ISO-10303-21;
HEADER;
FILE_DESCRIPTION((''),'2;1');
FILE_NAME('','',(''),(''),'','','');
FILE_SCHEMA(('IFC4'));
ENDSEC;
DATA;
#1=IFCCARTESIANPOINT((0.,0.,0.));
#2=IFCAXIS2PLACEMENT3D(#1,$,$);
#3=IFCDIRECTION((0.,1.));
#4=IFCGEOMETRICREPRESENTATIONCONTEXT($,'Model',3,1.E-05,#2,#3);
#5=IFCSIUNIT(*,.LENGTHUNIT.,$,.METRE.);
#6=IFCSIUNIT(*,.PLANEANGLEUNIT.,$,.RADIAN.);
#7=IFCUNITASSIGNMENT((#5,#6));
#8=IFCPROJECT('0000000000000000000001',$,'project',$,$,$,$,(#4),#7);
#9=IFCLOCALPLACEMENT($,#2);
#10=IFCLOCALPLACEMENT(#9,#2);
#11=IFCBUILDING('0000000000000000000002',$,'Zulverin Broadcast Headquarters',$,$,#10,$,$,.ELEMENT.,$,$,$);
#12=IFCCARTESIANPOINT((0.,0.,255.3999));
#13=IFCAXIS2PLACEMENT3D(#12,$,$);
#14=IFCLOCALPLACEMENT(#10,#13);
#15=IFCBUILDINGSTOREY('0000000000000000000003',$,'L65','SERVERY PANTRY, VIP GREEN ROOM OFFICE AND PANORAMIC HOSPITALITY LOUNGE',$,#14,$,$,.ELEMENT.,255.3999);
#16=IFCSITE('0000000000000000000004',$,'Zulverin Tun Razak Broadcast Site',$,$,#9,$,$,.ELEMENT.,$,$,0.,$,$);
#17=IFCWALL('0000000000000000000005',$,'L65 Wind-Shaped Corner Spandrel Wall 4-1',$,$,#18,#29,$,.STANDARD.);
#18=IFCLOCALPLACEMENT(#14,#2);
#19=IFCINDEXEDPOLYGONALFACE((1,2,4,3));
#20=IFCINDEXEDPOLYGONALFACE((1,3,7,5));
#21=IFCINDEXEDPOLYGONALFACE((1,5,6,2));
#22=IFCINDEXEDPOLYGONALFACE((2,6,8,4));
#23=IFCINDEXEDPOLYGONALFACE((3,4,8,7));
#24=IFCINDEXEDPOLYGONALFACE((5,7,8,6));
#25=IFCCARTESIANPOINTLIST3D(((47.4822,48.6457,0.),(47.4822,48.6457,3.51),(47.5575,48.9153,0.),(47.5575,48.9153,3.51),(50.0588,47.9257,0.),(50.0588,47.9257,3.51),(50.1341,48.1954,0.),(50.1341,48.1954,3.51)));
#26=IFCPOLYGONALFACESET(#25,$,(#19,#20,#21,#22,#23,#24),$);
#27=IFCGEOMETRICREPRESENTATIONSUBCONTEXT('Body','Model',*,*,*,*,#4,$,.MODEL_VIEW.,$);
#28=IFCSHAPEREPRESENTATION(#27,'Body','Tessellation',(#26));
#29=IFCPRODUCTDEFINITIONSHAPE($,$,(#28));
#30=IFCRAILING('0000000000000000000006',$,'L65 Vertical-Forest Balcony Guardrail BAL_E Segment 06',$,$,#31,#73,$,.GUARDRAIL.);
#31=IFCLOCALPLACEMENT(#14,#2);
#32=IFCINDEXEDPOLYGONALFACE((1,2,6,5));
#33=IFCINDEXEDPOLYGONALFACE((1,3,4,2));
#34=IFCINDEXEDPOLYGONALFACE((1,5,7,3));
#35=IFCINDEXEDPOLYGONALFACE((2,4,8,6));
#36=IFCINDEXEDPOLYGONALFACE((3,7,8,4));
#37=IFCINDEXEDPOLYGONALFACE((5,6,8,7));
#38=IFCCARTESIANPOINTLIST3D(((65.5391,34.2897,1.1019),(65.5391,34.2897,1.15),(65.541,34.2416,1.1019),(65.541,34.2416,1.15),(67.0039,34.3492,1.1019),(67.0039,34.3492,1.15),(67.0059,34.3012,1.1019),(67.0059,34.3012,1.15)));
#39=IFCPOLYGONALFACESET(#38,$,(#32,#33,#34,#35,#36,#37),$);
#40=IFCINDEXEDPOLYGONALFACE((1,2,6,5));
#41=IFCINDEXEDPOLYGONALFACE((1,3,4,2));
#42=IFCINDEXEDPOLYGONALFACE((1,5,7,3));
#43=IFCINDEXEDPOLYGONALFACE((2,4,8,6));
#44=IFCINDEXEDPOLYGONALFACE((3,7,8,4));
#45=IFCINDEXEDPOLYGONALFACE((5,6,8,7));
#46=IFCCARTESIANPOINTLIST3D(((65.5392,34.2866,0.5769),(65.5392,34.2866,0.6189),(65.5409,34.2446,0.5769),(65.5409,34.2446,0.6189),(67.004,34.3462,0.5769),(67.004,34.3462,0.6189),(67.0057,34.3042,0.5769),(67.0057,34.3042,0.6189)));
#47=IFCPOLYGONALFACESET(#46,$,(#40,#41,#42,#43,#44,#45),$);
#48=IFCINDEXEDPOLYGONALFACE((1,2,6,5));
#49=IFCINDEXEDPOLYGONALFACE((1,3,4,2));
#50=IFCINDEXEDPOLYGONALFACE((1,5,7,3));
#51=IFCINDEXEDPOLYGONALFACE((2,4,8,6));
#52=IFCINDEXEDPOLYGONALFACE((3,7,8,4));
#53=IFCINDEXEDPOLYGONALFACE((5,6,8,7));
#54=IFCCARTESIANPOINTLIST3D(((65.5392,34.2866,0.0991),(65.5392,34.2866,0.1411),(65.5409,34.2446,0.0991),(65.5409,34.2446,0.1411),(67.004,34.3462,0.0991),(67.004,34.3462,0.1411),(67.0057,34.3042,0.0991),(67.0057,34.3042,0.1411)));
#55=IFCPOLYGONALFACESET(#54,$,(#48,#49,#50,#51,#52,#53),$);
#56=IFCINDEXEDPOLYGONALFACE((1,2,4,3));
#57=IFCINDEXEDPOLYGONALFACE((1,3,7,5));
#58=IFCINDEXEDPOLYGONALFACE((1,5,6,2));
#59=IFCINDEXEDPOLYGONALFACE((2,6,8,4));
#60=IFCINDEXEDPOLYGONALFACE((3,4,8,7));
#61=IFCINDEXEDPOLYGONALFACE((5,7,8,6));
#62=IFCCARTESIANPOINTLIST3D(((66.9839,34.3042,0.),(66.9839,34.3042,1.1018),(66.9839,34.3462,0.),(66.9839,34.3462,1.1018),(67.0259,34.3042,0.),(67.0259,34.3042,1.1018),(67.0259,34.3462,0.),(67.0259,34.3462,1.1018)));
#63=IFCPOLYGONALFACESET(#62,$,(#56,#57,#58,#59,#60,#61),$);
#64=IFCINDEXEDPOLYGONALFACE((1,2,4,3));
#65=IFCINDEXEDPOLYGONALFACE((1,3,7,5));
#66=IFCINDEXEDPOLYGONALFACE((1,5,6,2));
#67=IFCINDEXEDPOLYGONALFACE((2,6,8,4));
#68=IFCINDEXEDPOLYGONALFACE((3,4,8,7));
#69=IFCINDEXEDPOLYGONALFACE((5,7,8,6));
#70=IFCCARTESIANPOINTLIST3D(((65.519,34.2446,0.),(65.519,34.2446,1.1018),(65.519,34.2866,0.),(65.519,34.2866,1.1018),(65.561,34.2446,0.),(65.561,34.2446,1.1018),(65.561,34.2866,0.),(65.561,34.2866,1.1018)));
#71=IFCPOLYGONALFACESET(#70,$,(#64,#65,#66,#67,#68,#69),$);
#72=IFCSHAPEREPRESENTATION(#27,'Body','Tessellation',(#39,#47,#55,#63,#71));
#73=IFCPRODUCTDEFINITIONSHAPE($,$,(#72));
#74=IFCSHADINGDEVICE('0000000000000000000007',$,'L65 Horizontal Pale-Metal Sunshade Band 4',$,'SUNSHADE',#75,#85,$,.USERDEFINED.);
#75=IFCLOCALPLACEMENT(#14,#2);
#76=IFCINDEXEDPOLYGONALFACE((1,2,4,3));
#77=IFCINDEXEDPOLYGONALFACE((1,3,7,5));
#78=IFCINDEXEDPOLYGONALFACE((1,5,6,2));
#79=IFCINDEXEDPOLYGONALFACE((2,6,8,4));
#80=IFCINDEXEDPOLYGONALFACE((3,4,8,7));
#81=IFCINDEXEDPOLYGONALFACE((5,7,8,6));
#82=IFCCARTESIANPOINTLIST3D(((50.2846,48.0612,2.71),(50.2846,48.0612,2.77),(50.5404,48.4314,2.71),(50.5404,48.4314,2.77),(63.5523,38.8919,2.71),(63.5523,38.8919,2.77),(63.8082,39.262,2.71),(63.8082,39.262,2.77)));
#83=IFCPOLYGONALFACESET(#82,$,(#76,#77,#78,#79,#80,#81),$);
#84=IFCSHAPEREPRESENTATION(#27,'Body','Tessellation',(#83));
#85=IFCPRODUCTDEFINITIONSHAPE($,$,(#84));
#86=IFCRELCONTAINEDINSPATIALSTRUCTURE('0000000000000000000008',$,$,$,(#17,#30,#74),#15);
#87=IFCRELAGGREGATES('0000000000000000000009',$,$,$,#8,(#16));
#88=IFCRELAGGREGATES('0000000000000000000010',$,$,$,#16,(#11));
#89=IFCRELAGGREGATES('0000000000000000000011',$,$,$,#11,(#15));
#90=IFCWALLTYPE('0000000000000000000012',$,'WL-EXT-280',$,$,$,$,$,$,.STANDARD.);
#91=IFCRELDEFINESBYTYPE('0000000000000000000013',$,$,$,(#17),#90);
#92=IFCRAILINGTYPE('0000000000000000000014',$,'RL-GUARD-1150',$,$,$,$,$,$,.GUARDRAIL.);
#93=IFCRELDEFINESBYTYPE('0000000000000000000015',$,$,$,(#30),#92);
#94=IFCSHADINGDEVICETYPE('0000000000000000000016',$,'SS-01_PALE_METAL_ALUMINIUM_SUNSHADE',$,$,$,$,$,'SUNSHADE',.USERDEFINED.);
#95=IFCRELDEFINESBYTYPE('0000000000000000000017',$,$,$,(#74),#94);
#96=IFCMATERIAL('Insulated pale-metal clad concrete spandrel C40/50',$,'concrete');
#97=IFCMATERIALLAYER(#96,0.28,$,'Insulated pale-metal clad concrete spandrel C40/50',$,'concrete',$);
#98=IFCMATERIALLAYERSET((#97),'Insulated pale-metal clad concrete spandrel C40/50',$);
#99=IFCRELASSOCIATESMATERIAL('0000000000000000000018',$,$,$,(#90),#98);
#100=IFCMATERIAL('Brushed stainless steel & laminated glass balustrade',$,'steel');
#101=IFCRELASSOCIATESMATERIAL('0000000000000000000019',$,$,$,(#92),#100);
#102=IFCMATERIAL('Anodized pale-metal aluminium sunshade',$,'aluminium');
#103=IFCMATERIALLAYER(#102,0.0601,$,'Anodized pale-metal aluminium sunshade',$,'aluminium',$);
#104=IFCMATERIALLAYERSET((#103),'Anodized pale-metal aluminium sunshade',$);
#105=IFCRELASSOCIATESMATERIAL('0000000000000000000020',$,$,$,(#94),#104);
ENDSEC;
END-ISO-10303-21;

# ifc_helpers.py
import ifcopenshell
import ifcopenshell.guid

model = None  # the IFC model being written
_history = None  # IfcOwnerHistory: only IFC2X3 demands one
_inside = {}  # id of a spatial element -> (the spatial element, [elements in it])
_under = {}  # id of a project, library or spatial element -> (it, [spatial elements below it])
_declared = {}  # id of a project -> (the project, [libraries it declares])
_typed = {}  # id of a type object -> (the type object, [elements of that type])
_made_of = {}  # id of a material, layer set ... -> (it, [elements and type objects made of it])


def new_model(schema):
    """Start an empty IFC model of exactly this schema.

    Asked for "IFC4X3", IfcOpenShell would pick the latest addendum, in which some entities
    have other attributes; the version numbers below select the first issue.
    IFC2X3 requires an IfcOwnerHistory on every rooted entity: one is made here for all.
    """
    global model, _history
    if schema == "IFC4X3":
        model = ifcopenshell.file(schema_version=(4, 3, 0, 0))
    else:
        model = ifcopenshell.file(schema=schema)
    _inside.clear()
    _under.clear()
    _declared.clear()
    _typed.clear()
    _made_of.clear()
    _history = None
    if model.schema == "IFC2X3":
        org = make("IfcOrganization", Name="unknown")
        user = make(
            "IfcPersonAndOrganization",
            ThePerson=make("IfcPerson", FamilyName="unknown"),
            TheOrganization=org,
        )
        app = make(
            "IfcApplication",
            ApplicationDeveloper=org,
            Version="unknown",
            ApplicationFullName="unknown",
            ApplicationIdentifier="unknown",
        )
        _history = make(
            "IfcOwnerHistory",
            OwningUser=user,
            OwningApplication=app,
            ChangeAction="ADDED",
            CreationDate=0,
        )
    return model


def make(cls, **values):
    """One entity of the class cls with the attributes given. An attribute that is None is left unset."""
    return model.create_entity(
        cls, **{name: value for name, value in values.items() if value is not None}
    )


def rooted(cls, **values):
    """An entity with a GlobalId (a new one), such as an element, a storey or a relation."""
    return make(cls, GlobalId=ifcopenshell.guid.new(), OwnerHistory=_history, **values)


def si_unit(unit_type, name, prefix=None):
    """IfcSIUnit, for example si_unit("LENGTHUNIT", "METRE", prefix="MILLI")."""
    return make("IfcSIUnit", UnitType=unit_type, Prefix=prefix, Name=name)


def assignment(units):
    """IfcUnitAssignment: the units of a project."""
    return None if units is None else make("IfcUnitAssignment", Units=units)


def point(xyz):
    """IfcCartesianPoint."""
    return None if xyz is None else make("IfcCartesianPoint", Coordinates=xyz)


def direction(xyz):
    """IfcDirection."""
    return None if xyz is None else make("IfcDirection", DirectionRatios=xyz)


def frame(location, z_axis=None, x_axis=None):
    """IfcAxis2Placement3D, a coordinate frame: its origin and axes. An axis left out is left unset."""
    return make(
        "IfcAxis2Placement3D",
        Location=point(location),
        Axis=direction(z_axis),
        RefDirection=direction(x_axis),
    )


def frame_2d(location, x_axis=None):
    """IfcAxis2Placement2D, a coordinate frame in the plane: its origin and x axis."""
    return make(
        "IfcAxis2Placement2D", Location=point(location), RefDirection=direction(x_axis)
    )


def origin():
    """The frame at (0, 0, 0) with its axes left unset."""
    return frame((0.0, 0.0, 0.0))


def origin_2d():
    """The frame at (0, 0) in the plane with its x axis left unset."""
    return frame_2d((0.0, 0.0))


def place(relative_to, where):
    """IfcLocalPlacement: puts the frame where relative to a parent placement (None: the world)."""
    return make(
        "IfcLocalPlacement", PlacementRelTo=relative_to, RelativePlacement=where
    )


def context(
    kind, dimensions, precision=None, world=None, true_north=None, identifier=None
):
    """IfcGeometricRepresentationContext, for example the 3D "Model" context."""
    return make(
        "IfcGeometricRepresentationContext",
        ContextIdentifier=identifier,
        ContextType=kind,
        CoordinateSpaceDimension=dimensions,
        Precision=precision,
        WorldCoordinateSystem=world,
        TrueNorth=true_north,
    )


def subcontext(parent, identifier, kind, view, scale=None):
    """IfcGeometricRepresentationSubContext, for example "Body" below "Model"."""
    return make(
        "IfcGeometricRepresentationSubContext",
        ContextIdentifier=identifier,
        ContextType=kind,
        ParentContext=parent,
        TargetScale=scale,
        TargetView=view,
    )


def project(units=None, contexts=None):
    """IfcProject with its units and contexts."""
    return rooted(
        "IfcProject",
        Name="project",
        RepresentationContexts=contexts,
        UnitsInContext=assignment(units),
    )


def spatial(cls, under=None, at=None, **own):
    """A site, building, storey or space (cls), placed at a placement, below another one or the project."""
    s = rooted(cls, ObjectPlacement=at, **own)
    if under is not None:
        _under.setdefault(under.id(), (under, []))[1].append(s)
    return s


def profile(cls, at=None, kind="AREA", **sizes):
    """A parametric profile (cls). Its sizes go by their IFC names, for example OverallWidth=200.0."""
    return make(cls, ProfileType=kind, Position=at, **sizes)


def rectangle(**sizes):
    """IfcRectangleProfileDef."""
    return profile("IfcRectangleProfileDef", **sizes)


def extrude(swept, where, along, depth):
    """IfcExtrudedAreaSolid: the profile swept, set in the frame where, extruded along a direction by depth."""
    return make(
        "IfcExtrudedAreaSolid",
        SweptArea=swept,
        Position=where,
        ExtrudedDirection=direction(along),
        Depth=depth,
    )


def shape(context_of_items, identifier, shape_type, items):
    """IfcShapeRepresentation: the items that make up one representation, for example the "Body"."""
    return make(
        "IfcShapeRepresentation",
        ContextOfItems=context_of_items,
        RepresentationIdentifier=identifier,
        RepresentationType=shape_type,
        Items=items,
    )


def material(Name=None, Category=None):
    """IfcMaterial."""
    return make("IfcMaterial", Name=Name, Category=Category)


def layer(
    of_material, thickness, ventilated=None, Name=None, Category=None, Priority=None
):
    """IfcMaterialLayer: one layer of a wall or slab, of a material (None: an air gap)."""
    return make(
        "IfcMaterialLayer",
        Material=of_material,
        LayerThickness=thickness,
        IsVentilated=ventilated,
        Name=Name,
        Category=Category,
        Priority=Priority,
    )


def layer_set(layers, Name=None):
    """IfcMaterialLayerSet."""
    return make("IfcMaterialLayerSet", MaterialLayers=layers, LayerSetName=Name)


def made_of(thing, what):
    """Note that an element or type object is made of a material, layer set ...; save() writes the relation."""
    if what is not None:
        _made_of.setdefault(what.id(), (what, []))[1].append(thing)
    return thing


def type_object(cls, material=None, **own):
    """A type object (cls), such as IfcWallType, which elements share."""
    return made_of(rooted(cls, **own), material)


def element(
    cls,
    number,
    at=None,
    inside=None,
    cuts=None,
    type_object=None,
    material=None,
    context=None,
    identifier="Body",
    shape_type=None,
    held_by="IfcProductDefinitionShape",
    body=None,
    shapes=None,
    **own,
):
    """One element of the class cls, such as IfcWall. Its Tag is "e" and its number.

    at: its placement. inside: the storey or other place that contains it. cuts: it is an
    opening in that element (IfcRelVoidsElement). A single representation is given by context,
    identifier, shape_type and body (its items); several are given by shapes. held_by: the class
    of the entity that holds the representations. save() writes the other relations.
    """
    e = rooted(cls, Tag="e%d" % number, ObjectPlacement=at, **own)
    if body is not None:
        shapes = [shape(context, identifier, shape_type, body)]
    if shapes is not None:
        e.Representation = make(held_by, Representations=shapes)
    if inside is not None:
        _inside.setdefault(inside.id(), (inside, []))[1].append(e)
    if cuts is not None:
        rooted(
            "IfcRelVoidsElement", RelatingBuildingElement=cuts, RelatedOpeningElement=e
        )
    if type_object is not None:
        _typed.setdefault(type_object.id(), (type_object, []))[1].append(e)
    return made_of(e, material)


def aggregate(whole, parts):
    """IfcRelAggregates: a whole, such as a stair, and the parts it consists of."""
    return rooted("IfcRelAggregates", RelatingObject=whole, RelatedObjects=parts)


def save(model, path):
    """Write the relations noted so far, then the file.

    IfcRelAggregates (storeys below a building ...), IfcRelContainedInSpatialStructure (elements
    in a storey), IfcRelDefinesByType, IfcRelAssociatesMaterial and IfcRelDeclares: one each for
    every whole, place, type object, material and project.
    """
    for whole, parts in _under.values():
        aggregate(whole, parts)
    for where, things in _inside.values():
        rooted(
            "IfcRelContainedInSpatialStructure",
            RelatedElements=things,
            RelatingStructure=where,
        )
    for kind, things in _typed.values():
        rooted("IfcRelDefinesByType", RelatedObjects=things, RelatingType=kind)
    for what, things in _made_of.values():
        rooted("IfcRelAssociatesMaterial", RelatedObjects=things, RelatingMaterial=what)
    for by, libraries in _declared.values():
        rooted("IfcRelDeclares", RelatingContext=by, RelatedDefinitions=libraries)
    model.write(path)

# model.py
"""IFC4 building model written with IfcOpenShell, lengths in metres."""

from ifc_helpers import new_model, si_unit, direction, frame, frame_2d, origin, origin_2d, place, context, subcontext, project, spatial, rectangle, extrude, material, layer, layer_set, type_object, element, save


model = new_model("IFC4")

# Units and contexts
model_context = context("Model", 3, precision=1e-05, world=origin(), true_north=direction((0.0, 1.0)))
body_context = subcontext(model_context, "Body", "Model", "MODEL_VIEW")
ifc_project = project(units=[si_unit("LENGTHUNIT", "METRE"), si_unit("PLANEANGLEUNIT", "RADIAN")], contexts=[model_context])

# Site, building, storey
site_placement = place(None, origin())
site = spatial("IfcSite", under=ifc_project, at=site_placement, Name="Zulverin Tun Razak Broadcast Site", CompositionType="ELEMENT", RefElevation=0.0)
building_placement = place(site_placement, origin())
building = spatial("IfcBuilding", under=site, at=building_placement, Name="Zulverin Broadcast Headquarters", CompositionType="ELEMENT")
storey_placement = place(building_placement, frame((0.0, 0.0, 255.3999)))
storey = spatial("IfcBuildingStorey", under=building, at=storey_placement, Name="L65", Description="SERVERY PANTRY, VIP GREEN ROOM OFFICE AND PANORAMIC HOSPITALITY LOUNGE", CompositionType="ELEMENT", Elevation=255.3999)

# Shared definitions
ifc_material_1 = material(Name="Insulated pale-metal clad concrete spandrel C40/50", Category="concrete")
ifc_layer_1 = layer(ifc_material_1, 0.28, Name="Insulated pale-metal clad concrete spandrel C40/50", Category="concrete")
ifc_layer_set_1 = layer_set([ifc_layer_1], Name="Insulated pale-metal clad concrete spandrel C40/50")
wall_type = type_object("IfcWallType", Name="WL-EXT-280", PredefinedType="STANDARD", material=ifc_layer_set_1)

# Wall
wall_1_placement = place(storey_placement, frame((50.0964, 48.0605, 0.0), z_axis=(0.0, 0.0, 1.0), x_axis=(-0.963109, 0.269112, 0.0)))
element("IfcWall", 1, at=wall_1_placement, inside=storey, type_object=wall_type, Name="L65 Wind-Shaped Corner Spandrel Wall 4-1", PredefinedType="STANDARD", context=body_context, shape_type="SweptSolid", body=[
    extrude(rectangle(XDim=2.6753, YDim=0.28, at=frame_2d((1.3376, 0.0))), origin(), (0.0, 0.0, 1.0), 3.51),
])

# Railing
ifc_material_2 = material(Name="Brushed stainless steel & laminated glass balustrade", Category="steel")
railing_type = type_object("IfcRailingType", Name="RL-GUARD-1150", PredefinedType="GUARDRAIL", material=ifc_material_2)
railing_placement = place(storey_placement, frame((67.0049, 34.3252, 0.0)))
element("IfcRailing", 2, at=railing_placement, inside=storey, type_object=railing_type, Name="L65 Vertical-Forest Balcony Guardrail BAL_E Segment 06", PredefinedType="GUARDRAIL", context=body_context, shape_type="SweptSolid", body=[
    extrude(rectangle(XDim=0.0481, YDim=0.0481, at=origin_2d()), frame((0.0, 0.0, 1.126), z_axis=(-0.999174, -0.040633, 0.0), x_axis=(0.040633, -0.999174, 0.0)), (0.0, 0.0, 1.0), 1.4661),
    extrude(rectangle(XDim=0.042, YDim=0.042, at=origin_2d()), frame((0.0, 0.0, 0.5979), z_axis=(-0.999174, -0.040633, 0.0), x_axis=(0.040633, -0.999174, 0.0)), (0.0, 0.0, 1.0), 1.4661),
    extrude(rectangle(XDim=0.042, YDim=0.042, at=origin_2d()), frame((0.0, 0.0, 0.1201), z_axis=(-0.999174, -0.040633, 0.0), x_axis=(0.040633, -0.999174, 0.0)), (0.0, 0.0, 1.0), 1.4661),
    extrude(rectangle(XDim=0.042, YDim=0.042, at=origin_2d()), origin(), (0.0, 0.0, 1.0), 1.1018),
    extrude(rectangle(XDim=0.042, YDim=0.042, at=origin_2d()), frame((-1.4648, -0.0596, 0.0)), (0.0, 0.0, 1.0), 1.1018),
])

# Shading device
ifc_material_3 = material(Name="Anodized pale-metal aluminium sunshade", Category="aluminium")
ifc_layer_2 = layer(ifc_material_3, 0.0601, Name="Anodized pale-metal aluminium sunshade", Category="aluminium")
ifc_layer_set_2 = layer_set([ifc_layer_2], Name="Anodized pale-metal aluminium sunshade")
shading_device_type = type_object("IfcShadingDeviceType", Name="SS-01_PALE_METAL_ALUMINIUM_SUNSHADE", ElementType="SUNSHADE", PredefinedType="USERDEFINED", material=ifc_layer_set_2)
shading_device_placement = place(storey_placement, frame((57.0464, 43.6616, 2.71), z_axis=(0.0, 0.0, 1.0), x_axis=(-0.822655, 0.56854, 0.0)))
element("IfcShadingDevice", 3, at=shading_device_placement, inside=storey, type_object=shading_device_type, Name="L65 Horizontal Pale-Metal Sunshade Band 4", ObjectType="SUNSHADE", PredefinedType="USERDEFINED", context=body_context, shape_type="SweptSolid", body=[
    extrude(rectangle(XDim=16.1279, YDim=0.45, at=origin_2d()), origin(), (0.0, 0.0, 1.0), 0.0601),
])

save(model, "model.ifc")
